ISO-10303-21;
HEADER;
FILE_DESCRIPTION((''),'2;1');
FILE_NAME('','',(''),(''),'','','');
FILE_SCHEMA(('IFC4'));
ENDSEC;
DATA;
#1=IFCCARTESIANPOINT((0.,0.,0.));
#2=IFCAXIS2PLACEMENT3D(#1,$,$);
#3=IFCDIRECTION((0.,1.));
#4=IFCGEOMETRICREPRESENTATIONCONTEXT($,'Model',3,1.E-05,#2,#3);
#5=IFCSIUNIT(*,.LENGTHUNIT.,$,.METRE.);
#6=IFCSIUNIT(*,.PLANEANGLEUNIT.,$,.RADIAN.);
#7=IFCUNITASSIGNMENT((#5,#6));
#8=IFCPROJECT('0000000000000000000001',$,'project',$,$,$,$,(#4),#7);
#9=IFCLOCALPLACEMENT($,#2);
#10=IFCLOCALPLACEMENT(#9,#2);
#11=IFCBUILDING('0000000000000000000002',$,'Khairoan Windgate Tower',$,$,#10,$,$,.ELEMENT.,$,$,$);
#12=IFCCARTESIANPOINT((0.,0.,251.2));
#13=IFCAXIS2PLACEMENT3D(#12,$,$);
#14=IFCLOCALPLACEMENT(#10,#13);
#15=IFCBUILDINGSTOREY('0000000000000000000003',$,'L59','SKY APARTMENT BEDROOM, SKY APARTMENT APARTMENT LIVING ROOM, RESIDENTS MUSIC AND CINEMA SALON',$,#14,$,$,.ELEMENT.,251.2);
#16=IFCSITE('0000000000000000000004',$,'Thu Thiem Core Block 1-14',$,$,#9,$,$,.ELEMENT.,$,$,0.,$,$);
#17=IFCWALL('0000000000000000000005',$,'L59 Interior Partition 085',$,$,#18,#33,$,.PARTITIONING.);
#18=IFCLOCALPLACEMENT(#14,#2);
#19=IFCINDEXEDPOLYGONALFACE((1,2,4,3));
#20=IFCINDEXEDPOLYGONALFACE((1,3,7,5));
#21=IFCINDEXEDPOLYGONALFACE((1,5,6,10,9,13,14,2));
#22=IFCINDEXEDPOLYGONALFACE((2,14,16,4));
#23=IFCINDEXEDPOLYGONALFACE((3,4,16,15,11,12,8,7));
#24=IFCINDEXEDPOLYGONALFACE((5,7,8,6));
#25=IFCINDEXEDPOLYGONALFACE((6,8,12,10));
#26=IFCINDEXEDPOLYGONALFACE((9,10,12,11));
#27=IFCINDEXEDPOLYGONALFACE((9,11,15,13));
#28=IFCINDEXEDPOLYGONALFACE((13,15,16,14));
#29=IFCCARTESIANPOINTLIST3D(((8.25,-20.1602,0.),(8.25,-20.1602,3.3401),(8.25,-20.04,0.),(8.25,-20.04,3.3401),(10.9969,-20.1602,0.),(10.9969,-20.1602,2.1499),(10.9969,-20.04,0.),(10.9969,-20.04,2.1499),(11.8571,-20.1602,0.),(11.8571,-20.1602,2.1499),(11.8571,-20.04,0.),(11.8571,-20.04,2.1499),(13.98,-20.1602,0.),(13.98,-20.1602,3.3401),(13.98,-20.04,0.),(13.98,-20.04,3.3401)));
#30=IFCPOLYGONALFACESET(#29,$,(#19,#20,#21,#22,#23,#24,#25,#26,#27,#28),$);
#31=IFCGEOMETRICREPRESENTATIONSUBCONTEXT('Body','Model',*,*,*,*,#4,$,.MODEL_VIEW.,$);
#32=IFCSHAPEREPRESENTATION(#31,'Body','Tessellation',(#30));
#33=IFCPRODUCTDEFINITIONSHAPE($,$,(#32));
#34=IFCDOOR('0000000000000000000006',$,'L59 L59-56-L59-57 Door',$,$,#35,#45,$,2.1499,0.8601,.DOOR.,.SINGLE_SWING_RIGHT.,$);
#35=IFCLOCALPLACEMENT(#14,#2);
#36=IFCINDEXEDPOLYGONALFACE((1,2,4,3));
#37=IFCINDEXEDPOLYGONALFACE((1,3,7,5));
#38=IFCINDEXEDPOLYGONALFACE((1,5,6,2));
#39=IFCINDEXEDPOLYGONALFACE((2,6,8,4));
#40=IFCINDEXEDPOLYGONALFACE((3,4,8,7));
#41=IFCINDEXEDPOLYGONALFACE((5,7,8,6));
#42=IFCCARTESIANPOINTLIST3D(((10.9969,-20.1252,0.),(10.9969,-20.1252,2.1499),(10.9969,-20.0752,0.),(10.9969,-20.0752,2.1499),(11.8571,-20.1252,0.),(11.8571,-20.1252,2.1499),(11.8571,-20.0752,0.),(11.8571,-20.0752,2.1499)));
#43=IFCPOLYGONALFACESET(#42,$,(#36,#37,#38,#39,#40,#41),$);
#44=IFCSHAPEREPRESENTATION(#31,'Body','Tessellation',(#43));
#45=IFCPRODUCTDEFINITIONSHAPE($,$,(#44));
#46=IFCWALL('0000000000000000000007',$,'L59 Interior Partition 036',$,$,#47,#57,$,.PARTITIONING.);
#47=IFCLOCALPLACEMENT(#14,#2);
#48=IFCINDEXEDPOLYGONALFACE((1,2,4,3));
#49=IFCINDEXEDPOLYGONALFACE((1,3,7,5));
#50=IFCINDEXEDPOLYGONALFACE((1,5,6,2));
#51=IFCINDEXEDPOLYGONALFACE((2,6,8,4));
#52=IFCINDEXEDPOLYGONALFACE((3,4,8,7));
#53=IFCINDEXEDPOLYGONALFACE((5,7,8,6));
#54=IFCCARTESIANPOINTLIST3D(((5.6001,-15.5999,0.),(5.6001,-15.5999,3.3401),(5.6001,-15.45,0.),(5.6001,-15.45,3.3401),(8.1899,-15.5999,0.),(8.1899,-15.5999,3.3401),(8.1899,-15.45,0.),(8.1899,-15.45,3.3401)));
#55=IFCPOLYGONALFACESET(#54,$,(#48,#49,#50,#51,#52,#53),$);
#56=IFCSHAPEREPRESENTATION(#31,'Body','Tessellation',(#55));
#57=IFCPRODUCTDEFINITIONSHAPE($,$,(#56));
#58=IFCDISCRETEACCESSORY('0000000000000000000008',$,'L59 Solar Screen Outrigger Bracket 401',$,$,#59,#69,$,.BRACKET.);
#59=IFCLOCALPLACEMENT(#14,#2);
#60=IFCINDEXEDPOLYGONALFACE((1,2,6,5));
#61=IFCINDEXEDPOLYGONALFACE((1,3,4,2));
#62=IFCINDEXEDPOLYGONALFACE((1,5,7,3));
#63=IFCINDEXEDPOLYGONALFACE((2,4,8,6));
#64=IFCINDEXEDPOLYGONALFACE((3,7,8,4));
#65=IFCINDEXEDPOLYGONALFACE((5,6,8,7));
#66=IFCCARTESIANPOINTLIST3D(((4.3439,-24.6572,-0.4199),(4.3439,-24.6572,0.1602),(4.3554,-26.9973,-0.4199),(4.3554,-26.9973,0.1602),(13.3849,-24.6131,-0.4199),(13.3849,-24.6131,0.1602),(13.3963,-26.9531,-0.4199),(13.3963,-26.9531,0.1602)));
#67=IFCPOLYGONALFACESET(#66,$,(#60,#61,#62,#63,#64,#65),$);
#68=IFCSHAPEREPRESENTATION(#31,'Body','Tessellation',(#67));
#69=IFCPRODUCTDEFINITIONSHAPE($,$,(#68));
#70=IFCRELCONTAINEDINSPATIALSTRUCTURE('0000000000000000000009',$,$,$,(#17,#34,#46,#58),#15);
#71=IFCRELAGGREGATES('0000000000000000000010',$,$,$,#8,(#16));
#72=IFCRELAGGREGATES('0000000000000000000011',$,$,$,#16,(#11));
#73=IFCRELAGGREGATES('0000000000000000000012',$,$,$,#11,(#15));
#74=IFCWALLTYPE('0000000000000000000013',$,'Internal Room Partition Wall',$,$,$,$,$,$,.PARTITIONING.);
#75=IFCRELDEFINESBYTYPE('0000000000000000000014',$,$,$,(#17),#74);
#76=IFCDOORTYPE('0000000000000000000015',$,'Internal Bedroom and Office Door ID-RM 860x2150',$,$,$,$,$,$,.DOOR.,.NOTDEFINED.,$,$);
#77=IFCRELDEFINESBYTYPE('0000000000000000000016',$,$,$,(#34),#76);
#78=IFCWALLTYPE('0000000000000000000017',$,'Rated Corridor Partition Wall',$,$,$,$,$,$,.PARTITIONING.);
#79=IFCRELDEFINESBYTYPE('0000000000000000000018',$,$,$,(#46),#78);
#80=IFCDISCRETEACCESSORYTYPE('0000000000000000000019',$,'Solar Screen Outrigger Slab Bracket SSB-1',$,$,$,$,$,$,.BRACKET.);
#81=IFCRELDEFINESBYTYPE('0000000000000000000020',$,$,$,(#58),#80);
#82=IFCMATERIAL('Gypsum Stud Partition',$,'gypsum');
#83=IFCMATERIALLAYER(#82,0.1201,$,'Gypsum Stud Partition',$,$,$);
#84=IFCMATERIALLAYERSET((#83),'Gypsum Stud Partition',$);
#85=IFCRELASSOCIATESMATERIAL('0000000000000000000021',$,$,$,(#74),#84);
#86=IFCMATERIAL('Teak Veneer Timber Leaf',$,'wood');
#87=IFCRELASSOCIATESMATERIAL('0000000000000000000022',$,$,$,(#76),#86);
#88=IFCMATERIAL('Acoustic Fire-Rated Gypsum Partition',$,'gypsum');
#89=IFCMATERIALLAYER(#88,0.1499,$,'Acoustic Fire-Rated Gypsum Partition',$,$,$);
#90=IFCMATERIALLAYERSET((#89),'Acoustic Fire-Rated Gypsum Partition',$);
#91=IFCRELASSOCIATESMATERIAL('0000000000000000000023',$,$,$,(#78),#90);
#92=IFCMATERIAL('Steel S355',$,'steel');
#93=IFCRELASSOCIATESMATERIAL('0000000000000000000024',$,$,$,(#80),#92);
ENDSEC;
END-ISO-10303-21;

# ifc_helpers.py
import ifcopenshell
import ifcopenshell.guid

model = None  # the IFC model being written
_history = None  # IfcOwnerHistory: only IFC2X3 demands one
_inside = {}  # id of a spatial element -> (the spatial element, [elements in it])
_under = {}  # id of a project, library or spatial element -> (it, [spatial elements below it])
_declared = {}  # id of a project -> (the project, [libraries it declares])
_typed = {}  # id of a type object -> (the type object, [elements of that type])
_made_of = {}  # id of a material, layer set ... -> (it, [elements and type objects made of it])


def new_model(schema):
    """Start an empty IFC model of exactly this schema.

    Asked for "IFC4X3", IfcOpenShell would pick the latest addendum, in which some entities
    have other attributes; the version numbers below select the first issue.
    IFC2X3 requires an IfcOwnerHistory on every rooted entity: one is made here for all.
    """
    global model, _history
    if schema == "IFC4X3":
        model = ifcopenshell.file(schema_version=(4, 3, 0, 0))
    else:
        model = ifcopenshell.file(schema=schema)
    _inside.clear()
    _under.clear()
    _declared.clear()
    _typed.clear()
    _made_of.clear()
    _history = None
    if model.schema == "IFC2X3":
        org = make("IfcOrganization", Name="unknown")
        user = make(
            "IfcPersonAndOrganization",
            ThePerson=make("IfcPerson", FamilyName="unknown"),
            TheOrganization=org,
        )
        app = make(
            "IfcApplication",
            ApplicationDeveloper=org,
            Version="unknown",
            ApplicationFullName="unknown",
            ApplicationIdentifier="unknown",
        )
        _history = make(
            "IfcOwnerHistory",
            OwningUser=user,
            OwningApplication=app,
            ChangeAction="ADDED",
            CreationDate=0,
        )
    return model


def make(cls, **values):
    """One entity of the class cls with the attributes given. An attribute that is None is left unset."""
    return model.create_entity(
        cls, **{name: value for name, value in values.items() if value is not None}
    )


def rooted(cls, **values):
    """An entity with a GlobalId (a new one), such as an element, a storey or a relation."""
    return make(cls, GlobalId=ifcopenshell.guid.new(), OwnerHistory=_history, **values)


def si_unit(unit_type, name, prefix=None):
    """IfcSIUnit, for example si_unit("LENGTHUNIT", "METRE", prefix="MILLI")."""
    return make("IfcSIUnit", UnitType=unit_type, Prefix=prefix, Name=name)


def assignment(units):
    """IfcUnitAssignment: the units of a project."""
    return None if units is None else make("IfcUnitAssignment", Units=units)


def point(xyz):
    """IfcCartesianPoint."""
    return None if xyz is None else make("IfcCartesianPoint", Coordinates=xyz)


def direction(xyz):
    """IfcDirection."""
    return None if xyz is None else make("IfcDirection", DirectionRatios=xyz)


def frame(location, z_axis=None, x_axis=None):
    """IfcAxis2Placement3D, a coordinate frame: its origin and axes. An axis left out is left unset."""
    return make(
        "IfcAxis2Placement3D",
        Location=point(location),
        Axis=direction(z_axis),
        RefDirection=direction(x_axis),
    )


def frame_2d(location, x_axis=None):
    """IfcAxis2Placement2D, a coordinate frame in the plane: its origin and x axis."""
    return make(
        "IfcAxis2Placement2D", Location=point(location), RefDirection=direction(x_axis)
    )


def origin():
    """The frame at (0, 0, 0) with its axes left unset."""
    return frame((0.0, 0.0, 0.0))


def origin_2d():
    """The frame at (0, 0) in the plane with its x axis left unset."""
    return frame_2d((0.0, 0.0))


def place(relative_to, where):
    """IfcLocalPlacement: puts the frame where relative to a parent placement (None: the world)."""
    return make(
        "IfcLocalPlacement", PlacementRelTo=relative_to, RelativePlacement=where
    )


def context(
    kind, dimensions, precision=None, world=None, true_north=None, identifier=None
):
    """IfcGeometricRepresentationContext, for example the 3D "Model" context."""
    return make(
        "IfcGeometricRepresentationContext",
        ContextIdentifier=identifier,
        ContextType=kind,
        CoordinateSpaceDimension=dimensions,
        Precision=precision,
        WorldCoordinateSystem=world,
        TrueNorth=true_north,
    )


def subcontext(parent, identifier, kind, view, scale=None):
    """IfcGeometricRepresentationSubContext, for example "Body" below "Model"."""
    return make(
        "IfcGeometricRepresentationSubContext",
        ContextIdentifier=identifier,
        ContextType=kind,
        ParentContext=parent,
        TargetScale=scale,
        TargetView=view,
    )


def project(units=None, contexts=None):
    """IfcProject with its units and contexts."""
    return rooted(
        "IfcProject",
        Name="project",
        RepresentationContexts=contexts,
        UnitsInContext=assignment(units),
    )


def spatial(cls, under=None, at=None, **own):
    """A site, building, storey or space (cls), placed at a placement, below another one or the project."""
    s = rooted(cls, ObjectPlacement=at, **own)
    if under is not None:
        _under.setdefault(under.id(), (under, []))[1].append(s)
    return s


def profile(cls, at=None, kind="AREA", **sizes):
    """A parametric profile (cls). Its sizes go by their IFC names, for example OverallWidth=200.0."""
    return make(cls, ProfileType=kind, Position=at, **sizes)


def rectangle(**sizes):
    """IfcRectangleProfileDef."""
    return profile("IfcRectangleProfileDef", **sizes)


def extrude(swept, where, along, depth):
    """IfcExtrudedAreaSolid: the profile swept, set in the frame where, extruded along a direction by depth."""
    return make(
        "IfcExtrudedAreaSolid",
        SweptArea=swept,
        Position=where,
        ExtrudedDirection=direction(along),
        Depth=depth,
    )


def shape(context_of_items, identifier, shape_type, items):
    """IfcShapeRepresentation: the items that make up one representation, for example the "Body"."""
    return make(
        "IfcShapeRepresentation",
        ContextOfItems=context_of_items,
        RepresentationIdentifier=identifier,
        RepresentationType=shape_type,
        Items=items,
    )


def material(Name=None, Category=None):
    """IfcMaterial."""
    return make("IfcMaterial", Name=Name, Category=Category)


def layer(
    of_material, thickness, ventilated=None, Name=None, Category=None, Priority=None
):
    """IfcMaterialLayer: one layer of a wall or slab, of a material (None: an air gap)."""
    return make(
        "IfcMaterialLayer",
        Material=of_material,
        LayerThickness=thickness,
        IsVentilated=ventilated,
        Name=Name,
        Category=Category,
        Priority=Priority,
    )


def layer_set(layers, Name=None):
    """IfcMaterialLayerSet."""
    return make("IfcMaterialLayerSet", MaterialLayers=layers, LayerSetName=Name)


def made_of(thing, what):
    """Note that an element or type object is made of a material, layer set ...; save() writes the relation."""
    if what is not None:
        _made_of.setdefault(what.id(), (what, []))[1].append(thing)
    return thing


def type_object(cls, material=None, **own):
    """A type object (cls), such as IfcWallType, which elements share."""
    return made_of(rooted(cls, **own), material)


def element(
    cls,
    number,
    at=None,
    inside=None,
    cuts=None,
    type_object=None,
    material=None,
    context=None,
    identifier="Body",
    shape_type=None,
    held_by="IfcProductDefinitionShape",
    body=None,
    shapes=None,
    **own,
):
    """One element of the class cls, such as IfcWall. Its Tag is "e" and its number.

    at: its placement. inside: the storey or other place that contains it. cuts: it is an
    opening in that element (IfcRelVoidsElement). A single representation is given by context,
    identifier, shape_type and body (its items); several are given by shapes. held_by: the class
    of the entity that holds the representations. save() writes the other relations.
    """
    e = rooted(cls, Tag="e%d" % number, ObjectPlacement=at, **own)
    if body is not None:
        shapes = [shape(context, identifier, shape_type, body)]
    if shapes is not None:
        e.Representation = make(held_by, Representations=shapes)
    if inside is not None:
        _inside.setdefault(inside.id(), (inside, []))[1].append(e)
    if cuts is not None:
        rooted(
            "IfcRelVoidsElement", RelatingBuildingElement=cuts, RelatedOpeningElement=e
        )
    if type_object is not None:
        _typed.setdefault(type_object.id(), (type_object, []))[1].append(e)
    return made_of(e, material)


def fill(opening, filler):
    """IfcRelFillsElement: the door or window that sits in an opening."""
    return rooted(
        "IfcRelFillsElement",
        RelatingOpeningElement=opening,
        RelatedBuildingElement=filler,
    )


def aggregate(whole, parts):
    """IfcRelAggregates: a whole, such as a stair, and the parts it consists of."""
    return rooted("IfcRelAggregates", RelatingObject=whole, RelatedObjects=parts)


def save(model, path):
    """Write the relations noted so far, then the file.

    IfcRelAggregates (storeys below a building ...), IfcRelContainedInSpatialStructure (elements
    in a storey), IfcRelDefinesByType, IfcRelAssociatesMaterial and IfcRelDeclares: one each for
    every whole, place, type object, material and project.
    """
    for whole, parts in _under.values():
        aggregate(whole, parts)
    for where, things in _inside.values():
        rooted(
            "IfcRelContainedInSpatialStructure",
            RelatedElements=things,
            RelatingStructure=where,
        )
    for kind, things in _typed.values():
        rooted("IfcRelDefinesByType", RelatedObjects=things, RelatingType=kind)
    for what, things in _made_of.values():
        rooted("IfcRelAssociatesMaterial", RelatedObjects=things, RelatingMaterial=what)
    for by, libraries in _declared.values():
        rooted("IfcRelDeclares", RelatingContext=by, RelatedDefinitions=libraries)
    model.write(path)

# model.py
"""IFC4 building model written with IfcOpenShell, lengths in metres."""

from ifc_helpers import new_model, si_unit, direction, frame, frame_2d, origin, origin_2d, place, context, subcontext, project, spatial, rectangle, extrude, material, layer, layer_set, type_object, element, fill, save


model = new_model("IFC4")

# Units and contexts
model_context = context("Model", 3, precision=1e-05, world=origin(), true_north=direction((0.0, 1.0)))
body_context = subcontext(model_context, "Body", "Model", "MODEL_VIEW")
ifc_project = project(units=[si_unit("LENGTHUNIT", "METRE"), si_unit("PLANEANGLEUNIT", "RADIAN")], contexts=[model_context])

# Site, building, storey
site_placement = place(None, origin())
site = spatial("IfcSite", under=ifc_project, at=site_placement, Name="Thu Thiem Core Block 1-14", CompositionType="ELEMENT", RefElevation=0.0)
building_placement = place(site_placement, origin())
building = spatial("IfcBuilding", under=site, at=building_placement, Name="Khairoan Windgate Tower", CompositionType="ELEMENT")
storey_placement = place(building_placement, frame((0.0, 0.0, 251.2)))
storey = spatial("IfcBuildingStorey", under=building, at=storey_placement, Name="L59", Description="SKY APARTMENT BEDROOM, SKY APARTMENT APARTMENT LIVING ROOM, RESIDENTS MUSIC AND CINEMA SALON", CompositionType="ELEMENT", Elevation=251.2)

# Shared definitions
ifc_material_1 = material(Name="Gypsum Stud Partition", Category="gypsum")
ifc_layer_1 = layer(ifc_material_1, 0.1201, Name="Gypsum Stud Partition")
ifc_layer_set_1 = layer_set([ifc_layer_1], Name="Gypsum Stud Partition")
wall_type_1 = type_object("IfcWallType", Name="Internal Room Partition Wall", PredefinedType="PARTITIONING", material=ifc_layer_set_1)
ifc_material_2 = material(Name="Teak Veneer Timber Leaf", Category="wood")
door_type_1 = type_object("IfcDoorType", Name="Internal Bedroom and Office Door ID-RM 860x2150", OperationType="NOTDEFINED", PredefinedType="DOOR", material=ifc_material_2)

# Wall, opening, door
wall_1_placement = place(storey_placement, frame((8.25, -20.1001, 0.0), z_axis=(0.0, 0.0, 1.0), x_axis=(1.0, 0.0, 0.0)))
wall_1 = element("IfcWall", 1, at=wall_1_placement, inside=storey, type_object=wall_type_1, Name="L59 Interior Partition 085", PredefinedType="PARTITIONING", context=body_context, shape_type="SweptSolid", body=[
    extrude(rectangle(XDim=5.73, YDim=0.1201, at=frame_2d((2.865, 0.0))), origin(), (0.0, 0.0, 1.0), 3.3401),
])
opening_1_placement = place(wall_1_placement, frame((2.7468, 0.0, 0.0)))
opening_1 = element("IfcOpeningElement", 2, at=opening_1_placement, cuts=wall_1, PredefinedType="OPENING", context=body_context, shape_type="SweptSolid", body=[
    extrude(rectangle(XDim=0.8601, YDim=2.1499, at=frame_2d((0.4302, 1.075))), frame((0.0, 0.0701, 0.0), z_axis=(0.0, -1.0, 0.0), x_axis=(1.0, 0.0, 0.0)), (0.0, 0.0, 1.0), 0.1401),
])
door_1_placement = place(opening_1_placement, origin())
door_1 = element("IfcDoor", 3, at=door_1_placement, inside=storey, type_object=door_type_1, Name="L59 L59-56-L59-57 Door", OperationType="SINGLE_SWING_RIGHT", OverallHeight=2.1499, OverallWidth=0.8601, PredefinedType="DOOR", context=body_context, shape_type="SweptSolid", body=[
    extrude(rectangle(XDim=0.8601, YDim=2.1499, at=frame_2d((0.4302, 1.075))), frame((0.0, 0.0249, 0.0), z_axis=(0.0, -1.0, 0.0), x_axis=(1.0, 0.0, 0.0)), (0.0, 0.0, 1.0), 0.05),
])
fill(opening_1, door_1)

# Wall
ifc_material_3 = material(Name="Acoustic Fire-Rated Gypsum Partition", Category="gypsum")
ifc_layer_2 = layer(ifc_material_3, 0.1499, Name="Acoustic Fire-Rated Gypsum Partition")
ifc_layer_set_2 = layer_set([ifc_layer_2], Name="Acoustic Fire-Rated Gypsum Partition")
wall_type_2 = type_object("IfcWallType", Name="Rated Corridor Partition Wall", PredefinedType="PARTITIONING", material=ifc_layer_set_2)
wall_2_placement = place(storey_placement, frame((5.6001, -15.5249, 0.0), z_axis=(0.0, 0.0, 1.0), x_axis=(1.0, 0.0, 0.0)))
element("IfcWall", 4, at=wall_2_placement, inside=storey, type_object=wall_type_2, Name="L59 Interior Partition 036", PredefinedType="PARTITIONING", context=body_context, shape_type="SweptSolid", body=[
    extrude(rectangle(XDim=2.5898, YDim=0.1499, at=frame_2d((1.2949, 0.0))), origin(), (0.0, 0.0, 1.0), 3.3401),
])

# Discrete accessory
ifc_material_4 = material(Name="Steel S355", Category="steel")
discrete_accessory_type = type_object("IfcDiscreteAccessoryType", Name="Solar Screen Outrigger Slab Bracket SSB-1", PredefinedType="BRACKET", material=ifc_material_4)
discrete_accessory_placement = place(storey_placement, frame((8.8701, -25.8052, -0.4199), z_axis=(0.0, 0.0, 1.0), x_axis=(-0.999988, -0.004887, 0.0)))
element("IfcDiscreteAccessory", 5, at=discrete_accessory_placement, inside=storey, type_object=discrete_accessory_type, Name="L59 Solar Screen Outrigger Bracket 401", PredefinedType="BRACKET", context=body_context, shape_type="SweptSolid", body=[
    extrude(rectangle(XDim=9.041, YDim=2.3401, at=origin_2d()), origin(), (0.0, 0.0, 1.0), 0.5801),
])

save(model, "model.ifc")
